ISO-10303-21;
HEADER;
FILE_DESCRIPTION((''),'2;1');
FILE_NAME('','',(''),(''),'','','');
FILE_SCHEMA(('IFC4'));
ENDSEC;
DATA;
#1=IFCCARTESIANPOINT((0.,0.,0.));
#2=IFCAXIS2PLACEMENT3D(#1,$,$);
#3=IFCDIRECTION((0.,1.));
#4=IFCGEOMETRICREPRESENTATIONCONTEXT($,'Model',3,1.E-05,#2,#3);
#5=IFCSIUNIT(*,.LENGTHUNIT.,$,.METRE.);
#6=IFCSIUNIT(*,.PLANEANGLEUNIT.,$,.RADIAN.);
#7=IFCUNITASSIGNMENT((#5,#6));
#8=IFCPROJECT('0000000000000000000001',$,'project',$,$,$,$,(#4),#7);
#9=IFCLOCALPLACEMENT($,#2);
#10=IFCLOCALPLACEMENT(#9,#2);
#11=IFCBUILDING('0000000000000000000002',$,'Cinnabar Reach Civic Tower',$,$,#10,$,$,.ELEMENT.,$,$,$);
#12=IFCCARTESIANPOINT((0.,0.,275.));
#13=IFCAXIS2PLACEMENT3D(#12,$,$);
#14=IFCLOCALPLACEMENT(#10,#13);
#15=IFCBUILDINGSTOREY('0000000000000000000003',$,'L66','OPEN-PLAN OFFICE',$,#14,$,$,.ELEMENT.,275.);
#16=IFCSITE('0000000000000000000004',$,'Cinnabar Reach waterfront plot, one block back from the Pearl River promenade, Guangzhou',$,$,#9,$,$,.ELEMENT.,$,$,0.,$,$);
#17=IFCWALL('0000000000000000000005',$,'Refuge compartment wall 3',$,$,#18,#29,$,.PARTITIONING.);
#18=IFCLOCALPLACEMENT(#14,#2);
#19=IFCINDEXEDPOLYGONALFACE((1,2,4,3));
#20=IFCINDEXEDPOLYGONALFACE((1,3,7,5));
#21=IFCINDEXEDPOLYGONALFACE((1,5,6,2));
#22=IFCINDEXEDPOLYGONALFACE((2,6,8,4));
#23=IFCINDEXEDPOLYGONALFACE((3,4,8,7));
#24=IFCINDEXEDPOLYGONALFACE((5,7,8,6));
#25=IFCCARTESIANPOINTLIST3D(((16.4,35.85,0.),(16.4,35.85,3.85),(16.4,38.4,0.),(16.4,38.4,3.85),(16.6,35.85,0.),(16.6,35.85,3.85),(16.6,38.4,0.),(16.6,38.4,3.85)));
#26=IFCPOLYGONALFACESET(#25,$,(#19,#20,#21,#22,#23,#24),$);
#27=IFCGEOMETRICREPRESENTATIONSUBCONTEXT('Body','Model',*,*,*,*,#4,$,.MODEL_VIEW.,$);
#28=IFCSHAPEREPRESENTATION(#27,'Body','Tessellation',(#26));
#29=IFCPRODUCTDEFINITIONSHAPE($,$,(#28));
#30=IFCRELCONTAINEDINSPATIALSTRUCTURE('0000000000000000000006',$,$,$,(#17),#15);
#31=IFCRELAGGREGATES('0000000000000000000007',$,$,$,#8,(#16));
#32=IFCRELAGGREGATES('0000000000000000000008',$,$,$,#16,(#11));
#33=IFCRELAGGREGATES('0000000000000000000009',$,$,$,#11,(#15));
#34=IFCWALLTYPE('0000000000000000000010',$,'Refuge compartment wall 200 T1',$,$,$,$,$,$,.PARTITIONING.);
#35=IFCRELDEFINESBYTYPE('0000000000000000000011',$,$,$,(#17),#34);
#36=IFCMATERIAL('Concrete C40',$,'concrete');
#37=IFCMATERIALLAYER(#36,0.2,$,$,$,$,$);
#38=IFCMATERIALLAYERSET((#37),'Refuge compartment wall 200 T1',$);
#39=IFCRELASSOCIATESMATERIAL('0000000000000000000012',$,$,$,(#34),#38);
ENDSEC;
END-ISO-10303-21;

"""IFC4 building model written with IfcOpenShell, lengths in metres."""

from ifc_helpers import new_model, si_unit, direction, frame, frame_2d, origin, place, context, subcontext, project, spatial, rectangle, extrude, material, layer, layer_set, type_object, element, save


model = new_model("IFC4")

# Units and contexts
model_context = context("Model", 3, precision=1e-05, world=origin(), true_north=direction((0.0, 1.0)))
body_context = subcontext(model_context, "Body", "Model", "MODEL_VIEW")
ifc_project = project(units=[si_unit("LENGTHUNIT", "METRE"), si_unit("PLANEANGLEUNIT", "RADIAN")], contexts=[model_context])

# Site, building, storey
site_placement = place(None, origin())
site = spatial("IfcSite", under=ifc_project, at=site_placement, Name="Cinnabar Reach waterfront plot, one block back from the Pearl River promenade, Guangzhou", CompositionType="ELEMENT", RefElevation=0.0)
building_placement = place(site_placement, origin())
building = spatial("IfcBuilding", under=site, at=building_placement, Name="Cinnabar Reach Civic Tower", CompositionType="ELEMENT")
storey_placement = place(building_placement, frame((0.0, 0.0, 275.0)))
storey = spatial("IfcBuildingStorey", under=building, at=storey_placement, Name="L66", Description="OPEN-PLAN OFFICE", CompositionType="ELEMENT", Elevation=275.0)

# Wall
ifc_material_1 = material(Name="Concrete C40", Category="concrete")
ifc_layer_1 = layer(ifc_material_1, 0.2)
ifc_layer_set_1 = layer_set([ifc_layer_1], Name="Refuge compartment wall 200 T1")
wall_type_1 = type_object("IfcWallType", Name="Refuge compartment wall 200 T1", PredefinedType="PARTITIONING", material=ifc_layer_set_1)
wall_1_placement = place(storey_placement, frame((16.5, 35.85, 0.0), z_axis=(0.0, 0.0, 1.0), x_axis=(0.0, 1.0, 0.0)))
element("IfcWall", 1, at=wall_1_placement, inside=storey, type_object=wall_type_1, Name="Refuge compartment wall 3", PredefinedType="PARTITIONING", context=body_context, shape_type="SweptSolid", body=[
    extrude(rectangle(XDim=2.55, YDim=0.2, at=frame_2d((1.275, 0.0))), origin(), (0.0, 0.0, 1.0), 3.85),
])

save(model, "model.ifc")
